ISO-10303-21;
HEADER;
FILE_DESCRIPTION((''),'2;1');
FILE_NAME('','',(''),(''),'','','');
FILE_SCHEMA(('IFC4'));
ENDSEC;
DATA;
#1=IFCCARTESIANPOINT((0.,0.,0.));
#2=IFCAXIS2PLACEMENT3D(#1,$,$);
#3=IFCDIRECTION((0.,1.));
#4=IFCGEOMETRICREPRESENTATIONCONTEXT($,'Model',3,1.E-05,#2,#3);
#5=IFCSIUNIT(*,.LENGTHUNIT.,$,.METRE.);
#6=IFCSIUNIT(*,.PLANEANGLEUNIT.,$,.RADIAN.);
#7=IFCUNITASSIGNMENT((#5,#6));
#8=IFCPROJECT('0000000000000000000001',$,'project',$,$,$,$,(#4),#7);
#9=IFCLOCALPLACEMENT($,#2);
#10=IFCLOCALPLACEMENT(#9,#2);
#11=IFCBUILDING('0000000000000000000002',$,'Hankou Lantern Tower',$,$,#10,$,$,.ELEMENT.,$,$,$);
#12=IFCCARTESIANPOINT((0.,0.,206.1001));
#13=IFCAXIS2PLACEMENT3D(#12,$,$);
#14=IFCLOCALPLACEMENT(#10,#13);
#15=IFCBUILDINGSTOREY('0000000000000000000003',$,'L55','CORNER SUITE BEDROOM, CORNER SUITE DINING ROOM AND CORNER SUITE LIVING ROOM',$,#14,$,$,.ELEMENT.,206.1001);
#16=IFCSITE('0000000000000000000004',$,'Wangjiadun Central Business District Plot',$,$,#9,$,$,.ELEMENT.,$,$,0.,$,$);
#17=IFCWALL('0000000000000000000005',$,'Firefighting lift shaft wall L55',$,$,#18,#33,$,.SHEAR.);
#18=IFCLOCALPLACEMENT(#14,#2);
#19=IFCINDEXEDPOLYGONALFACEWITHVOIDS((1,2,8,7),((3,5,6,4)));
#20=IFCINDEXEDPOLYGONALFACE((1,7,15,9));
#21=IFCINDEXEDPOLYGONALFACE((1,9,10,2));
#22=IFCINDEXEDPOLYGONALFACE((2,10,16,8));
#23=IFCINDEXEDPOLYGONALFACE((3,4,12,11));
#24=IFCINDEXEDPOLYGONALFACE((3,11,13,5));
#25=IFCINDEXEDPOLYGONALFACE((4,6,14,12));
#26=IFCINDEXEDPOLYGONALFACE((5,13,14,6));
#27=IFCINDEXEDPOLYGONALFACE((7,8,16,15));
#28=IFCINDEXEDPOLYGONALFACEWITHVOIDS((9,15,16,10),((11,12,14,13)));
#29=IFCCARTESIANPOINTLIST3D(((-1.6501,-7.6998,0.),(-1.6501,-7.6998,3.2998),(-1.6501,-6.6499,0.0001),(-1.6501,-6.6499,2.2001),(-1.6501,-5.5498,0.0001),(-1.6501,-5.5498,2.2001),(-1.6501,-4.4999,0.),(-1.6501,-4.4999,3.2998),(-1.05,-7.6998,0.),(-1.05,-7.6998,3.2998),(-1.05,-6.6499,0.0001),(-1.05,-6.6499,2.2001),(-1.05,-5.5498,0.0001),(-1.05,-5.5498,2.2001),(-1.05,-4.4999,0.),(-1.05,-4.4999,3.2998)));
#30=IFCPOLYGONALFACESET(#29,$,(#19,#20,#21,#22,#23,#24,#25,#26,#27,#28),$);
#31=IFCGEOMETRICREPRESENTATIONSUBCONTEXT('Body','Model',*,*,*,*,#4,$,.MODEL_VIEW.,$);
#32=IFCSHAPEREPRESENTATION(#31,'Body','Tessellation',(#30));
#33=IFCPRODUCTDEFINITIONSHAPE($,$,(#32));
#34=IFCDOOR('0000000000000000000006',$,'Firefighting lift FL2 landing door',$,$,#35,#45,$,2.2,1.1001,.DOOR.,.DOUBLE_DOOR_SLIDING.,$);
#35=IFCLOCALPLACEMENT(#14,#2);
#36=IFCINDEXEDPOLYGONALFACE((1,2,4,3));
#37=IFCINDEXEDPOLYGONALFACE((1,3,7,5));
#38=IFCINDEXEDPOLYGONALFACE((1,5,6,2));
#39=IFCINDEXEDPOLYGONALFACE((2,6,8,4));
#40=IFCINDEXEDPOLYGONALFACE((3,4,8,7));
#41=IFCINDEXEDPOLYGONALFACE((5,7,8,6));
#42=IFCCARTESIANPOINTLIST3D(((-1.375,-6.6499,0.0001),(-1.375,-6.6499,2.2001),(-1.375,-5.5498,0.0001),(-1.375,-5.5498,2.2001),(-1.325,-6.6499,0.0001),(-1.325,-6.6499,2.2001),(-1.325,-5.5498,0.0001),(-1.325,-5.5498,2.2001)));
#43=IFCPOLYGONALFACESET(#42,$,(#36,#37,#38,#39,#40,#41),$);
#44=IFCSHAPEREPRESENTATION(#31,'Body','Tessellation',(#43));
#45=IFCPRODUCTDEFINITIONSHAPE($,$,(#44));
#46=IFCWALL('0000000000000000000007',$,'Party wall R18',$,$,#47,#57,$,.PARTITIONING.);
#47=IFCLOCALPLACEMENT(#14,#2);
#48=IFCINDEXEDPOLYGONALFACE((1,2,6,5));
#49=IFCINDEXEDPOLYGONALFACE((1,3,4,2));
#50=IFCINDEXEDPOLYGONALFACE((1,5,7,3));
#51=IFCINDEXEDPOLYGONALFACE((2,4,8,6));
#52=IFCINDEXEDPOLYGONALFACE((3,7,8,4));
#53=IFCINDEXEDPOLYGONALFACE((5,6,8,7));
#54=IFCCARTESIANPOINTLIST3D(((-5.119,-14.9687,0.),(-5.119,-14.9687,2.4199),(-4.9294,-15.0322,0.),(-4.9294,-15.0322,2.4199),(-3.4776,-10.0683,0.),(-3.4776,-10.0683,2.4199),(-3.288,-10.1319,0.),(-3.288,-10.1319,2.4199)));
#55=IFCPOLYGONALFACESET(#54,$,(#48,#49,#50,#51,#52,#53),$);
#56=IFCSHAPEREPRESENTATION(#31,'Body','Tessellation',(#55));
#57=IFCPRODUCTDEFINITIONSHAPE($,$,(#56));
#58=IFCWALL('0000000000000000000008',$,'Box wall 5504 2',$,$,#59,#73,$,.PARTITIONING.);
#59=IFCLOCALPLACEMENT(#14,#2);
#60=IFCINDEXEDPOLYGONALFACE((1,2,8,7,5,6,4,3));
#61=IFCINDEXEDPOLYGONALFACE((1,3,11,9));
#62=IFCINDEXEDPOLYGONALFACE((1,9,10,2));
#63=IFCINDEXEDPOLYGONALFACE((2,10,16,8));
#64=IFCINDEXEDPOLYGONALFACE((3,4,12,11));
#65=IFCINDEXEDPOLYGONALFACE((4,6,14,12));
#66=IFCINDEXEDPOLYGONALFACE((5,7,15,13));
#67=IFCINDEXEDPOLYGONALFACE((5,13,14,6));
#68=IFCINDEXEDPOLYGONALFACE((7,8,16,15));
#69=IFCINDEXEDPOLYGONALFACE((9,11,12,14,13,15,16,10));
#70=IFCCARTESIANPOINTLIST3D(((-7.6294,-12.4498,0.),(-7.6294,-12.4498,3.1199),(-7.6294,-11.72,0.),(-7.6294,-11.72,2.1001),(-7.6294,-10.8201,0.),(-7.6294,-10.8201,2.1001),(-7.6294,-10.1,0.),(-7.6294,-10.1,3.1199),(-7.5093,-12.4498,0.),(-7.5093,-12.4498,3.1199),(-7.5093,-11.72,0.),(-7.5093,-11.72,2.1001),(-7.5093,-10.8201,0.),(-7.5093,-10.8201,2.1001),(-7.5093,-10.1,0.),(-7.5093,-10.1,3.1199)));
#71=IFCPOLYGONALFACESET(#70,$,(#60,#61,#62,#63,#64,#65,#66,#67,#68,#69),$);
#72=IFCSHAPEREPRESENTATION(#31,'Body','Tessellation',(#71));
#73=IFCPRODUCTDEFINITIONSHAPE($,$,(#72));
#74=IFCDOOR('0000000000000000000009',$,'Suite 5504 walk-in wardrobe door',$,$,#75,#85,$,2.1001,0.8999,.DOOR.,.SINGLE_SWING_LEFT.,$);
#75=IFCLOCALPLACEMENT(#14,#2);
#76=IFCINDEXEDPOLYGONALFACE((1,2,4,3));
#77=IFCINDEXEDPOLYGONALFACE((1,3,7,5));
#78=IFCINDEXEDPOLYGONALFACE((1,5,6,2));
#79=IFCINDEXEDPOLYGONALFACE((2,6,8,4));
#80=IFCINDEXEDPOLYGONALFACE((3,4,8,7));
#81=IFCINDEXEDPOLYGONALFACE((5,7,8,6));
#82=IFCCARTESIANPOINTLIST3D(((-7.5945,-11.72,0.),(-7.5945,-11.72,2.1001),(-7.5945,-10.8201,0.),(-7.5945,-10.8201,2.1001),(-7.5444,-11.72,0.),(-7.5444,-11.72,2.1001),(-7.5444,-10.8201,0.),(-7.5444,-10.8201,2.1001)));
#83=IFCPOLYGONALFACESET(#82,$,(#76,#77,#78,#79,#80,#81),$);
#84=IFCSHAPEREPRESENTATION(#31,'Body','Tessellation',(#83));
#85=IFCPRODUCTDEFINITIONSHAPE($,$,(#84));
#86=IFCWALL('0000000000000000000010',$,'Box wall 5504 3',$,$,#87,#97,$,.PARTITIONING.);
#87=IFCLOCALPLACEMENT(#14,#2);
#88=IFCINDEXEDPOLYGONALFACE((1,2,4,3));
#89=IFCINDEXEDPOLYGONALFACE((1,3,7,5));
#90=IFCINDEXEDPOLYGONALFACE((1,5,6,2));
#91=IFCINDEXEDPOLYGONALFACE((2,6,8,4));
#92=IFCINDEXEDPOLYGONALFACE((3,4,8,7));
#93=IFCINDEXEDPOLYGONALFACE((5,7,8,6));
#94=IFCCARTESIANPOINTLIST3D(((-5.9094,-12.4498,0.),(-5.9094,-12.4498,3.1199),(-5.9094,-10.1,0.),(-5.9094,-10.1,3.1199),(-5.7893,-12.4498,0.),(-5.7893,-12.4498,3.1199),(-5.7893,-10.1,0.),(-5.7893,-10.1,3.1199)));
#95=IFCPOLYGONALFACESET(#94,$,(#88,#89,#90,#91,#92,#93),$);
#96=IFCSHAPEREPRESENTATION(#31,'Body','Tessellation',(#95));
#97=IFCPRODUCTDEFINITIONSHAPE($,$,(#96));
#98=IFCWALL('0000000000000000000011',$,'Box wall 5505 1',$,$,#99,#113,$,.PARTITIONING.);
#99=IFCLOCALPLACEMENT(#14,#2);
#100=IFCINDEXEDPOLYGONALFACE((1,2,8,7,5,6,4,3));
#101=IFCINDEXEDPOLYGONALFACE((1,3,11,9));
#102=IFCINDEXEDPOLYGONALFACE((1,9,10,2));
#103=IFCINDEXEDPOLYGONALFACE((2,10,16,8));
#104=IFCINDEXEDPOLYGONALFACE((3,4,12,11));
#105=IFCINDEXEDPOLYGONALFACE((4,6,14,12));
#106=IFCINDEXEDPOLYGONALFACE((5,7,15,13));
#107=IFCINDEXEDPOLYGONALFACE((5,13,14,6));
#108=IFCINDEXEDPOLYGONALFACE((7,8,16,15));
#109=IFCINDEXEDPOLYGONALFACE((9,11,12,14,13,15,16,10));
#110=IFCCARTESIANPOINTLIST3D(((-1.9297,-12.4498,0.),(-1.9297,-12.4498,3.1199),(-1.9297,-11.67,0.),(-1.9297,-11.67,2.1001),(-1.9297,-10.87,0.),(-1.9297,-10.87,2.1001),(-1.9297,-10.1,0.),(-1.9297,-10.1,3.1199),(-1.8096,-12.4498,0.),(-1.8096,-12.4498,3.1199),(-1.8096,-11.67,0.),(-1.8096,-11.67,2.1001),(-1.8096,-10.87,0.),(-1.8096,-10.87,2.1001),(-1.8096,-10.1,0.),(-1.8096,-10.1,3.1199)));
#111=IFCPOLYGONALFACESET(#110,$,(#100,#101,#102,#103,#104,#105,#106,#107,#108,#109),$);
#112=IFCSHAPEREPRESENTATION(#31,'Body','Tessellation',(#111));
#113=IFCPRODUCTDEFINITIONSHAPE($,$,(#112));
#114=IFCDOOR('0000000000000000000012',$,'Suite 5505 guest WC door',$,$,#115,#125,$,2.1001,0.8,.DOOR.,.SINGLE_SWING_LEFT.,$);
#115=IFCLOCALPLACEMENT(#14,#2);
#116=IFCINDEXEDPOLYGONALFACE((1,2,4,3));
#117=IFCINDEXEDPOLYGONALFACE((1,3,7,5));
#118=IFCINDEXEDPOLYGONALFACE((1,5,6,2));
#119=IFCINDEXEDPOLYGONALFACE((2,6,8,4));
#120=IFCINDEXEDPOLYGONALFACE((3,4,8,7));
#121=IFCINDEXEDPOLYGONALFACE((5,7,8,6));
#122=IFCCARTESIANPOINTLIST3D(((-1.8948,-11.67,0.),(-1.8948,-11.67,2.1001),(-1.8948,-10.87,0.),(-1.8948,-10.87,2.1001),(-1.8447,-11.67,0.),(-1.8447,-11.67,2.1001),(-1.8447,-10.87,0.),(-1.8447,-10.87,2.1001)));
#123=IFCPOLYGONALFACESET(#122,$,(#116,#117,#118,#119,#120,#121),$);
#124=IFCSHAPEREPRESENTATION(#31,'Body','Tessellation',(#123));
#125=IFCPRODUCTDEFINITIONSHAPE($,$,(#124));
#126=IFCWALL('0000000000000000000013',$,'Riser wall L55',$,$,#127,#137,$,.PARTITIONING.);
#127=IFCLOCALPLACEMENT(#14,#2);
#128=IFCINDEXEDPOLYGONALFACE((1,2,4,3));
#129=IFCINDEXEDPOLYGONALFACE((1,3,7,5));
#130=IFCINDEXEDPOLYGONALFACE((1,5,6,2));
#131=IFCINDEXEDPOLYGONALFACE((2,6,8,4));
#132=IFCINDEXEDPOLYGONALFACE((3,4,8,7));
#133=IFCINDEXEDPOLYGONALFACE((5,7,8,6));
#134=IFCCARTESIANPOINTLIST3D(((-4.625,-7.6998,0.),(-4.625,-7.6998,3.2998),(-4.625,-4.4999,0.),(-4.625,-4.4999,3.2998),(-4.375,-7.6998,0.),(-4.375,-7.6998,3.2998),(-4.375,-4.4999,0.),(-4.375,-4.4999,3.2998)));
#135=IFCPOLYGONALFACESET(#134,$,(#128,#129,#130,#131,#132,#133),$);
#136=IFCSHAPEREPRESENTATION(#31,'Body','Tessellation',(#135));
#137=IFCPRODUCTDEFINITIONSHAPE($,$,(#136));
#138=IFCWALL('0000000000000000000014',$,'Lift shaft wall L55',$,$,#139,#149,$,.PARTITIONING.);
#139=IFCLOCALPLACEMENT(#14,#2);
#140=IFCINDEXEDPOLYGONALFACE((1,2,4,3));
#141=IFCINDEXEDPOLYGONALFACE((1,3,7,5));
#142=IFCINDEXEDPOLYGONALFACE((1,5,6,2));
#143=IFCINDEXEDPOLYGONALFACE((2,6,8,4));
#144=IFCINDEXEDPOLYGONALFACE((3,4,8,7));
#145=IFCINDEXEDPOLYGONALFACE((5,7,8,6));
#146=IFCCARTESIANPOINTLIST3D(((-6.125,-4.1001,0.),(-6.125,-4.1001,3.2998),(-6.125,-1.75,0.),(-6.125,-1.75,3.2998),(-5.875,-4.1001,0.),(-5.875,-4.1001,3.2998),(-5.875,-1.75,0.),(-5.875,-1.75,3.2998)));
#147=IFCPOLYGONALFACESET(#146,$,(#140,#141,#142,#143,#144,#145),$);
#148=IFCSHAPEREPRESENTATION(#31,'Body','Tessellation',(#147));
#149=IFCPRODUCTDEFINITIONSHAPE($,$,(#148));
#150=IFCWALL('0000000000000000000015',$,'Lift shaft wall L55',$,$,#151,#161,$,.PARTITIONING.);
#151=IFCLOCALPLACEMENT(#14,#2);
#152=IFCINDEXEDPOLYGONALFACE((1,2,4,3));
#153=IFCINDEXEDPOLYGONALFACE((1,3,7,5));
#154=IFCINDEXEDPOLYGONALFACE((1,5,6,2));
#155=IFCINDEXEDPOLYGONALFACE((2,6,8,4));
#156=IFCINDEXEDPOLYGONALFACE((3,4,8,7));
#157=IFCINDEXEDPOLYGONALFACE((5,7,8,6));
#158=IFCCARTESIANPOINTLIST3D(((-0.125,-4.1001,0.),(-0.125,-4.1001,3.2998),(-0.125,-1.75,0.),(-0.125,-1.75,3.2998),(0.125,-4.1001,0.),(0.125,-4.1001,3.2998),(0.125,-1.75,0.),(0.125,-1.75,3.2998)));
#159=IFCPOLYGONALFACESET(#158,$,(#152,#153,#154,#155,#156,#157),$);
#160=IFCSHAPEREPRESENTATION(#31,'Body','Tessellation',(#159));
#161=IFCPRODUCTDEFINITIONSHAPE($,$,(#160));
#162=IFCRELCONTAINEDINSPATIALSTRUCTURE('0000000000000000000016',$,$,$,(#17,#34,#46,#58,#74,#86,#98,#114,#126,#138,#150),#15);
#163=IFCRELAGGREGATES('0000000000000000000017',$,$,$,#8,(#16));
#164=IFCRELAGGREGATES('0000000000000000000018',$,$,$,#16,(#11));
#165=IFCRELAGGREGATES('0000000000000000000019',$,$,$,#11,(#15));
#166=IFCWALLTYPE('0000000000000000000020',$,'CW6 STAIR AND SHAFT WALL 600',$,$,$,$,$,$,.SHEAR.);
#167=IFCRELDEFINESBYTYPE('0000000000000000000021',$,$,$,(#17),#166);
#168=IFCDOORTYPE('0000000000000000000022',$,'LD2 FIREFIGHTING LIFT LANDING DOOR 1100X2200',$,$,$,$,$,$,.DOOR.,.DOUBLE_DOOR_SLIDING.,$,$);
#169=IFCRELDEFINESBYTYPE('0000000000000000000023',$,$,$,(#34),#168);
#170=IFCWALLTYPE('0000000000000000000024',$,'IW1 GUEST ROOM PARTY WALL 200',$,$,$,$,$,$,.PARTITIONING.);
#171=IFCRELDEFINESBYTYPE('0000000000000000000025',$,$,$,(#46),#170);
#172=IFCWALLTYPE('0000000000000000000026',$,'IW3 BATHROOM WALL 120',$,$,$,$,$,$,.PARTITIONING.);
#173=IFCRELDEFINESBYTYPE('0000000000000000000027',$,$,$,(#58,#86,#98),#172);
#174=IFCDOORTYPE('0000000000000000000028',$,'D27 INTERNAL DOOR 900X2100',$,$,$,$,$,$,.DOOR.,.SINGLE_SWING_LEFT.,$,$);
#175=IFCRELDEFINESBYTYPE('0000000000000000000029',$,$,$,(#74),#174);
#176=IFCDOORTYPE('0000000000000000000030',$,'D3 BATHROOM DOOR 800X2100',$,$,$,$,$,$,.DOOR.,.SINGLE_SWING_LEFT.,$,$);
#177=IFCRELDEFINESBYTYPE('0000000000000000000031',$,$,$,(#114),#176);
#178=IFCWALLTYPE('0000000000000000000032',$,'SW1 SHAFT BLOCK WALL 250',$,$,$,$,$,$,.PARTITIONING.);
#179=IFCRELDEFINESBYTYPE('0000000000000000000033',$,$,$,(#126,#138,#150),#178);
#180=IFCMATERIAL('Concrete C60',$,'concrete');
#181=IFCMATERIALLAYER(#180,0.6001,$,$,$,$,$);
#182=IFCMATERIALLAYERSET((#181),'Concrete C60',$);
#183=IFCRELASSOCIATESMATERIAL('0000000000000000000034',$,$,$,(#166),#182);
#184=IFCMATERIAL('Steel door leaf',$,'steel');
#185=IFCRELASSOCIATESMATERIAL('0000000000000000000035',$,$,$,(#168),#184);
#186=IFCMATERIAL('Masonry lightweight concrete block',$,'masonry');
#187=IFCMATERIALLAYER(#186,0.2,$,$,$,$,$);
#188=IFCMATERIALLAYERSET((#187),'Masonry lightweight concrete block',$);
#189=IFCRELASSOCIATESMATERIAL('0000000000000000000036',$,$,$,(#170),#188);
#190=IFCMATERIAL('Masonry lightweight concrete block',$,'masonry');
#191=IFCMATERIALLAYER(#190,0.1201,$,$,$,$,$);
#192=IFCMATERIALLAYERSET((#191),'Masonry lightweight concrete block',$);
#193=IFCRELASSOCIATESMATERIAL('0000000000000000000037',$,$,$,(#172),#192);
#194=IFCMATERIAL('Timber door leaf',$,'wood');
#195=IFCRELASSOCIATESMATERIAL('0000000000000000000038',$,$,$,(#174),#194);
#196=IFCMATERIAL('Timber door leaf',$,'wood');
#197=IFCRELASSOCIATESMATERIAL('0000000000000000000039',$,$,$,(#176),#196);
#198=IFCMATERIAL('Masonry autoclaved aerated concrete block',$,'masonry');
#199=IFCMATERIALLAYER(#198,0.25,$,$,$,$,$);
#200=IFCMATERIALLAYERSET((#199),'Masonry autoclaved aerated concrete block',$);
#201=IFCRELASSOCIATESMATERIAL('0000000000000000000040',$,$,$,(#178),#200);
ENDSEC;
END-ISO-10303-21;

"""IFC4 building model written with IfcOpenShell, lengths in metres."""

from ifc_helpers import new_model, si_unit, direction, frame, frame_2d, origin, place, context, subcontext, project, spatial, rectangle, extrude, material, layer, layer_set, type_object, element, fill, save


model = new_model("IFC4")

# Units and contexts
model_context = context("Model", 3, precision=1e-05, world=origin(), true_north=direction((0.0, 1.0)))
body_context = subcontext(model_context, "Body", "Model", "MODEL_VIEW")
ifc_project = project(units=[si_unit("LENGTHUNIT", "METRE"), si_unit("PLANEANGLEUNIT", "RADIAN")], contexts=[model_context])

# Site, building, storey
site_placement = place(None, origin())
site = spatial("IfcSite", under=ifc_project, at=site_placement, Name="Wangjiadun Central Business District Plot", CompositionType="ELEMENT", RefElevation=0.0)
building_placement = place(site_placement, origin())
building = spatial("IfcBuilding", under=site, at=building_placement, Name="Hankou Lantern Tower", CompositionType="ELEMENT")
storey_placement = place(building_placement, frame((0.0, 0.0, 206.1001)))
storey = spatial("IfcBuildingStorey", under=building, at=storey_placement, Name="L55", Description="CORNER SUITE BEDROOM, CORNER SUITE DINING ROOM AND CORNER SUITE LIVING ROOM", CompositionType="ELEMENT", Elevation=206.1001)

# Wall, opening, door
ifc_material_1 = material(Name="Concrete C60", Category="concrete")
ifc_layer_1 = layer(ifc_material_1, 0.6001)
ifc_layer_set_1 = layer_set([ifc_layer_1], Name="Concrete C60")
wall_type_1 = type_object("IfcWallType", Name="CW6 STAIR AND SHAFT WALL 600", PredefinedType="SHEAR", material=ifc_layer_set_1)
wall_1_placement = place(storey_placement, frame((-1.3501, -7.7, 0.0), z_axis=(0.0, 0.0, 1.0), x_axis=(0.0, 1.0, 0.0)))
wall_1 = element("IfcWall", 1, at=wall_1_placement, inside=storey, type_object=wall_type_1, Name="Firefighting lift shaft wall L55", PredefinedType="SHEAR", context=body_context, shape_type="SweptSolid", body=[
    extrude(rectangle(XDim=3.2, YDim=0.6001, at=frame_2d((1.6001, 0.0))), origin(), (0.0, 0.0, 1.0), 3.2998),
])
opening_1_placement = place(wall_1_placement, frame((1.05, 0.0, 0.0)))
opening_1 = element("IfcOpeningElement", 2, at=opening_1_placement, cuts=wall_1, PredefinedType="OPENING", context=body_context, shape_type="SweptSolid", body=[
    extrude(rectangle(XDim=1.1001, YDim=2.2, at=frame_2d((0.55, 1.1001))), frame((0.0, 0.3101, 0.0), z_axis=(0.0, -1.0, 0.0), x_axis=(1.0, 0.0, 0.0)), (0.0, 0.0, 1.0), 0.6201),
])
ifc_material_2 = material(Name="Steel door leaf", Category="steel")
door_type_1 = type_object("IfcDoorType", Name="LD2 FIREFIGHTING LIFT LANDING DOOR 1100X2200", OperationType="DOUBLE_DOOR_SLIDING", PredefinedType="DOOR", material=ifc_material_2)
door_1_placement = place(opening_1_placement, origin())
door_1 = element("IfcDoor", 3, at=door_1_placement, inside=storey, type_object=door_type_1, Name="Firefighting lift FL2 landing door", OperationType="DOUBLE_DOOR_SLIDING", OverallHeight=2.2, OverallWidth=1.1001, PredefinedType="DOOR", context=body_context, shape_type="SweptSolid", body=[
    extrude(rectangle(XDim=1.1001, YDim=2.2, at=frame_2d((0.55, 1.1001))), frame((0.0, 0.0249, 0.0), z_axis=(0.0, -1.0, 0.0), x_axis=(1.0, 0.0, 0.0)), (0.0, 0.0, 1.0), 0.05),
])
fill(opening_1, door_1)

# Wall
ifc_material_3 = material(Name="Masonry lightweight concrete block", Category="masonry")
ifc_layer_2 = layer(ifc_material_3, 0.2)
ifc_layer_set_2 = layer_set([ifc_layer_2], Name="Masonry lightweight concrete block")
wall_type_2 = type_object("IfcWallType", Name="IW1 GUEST ROOM PARTY WALL 200", PredefinedType="PARTITIONING", material=ifc_layer_set_2)
wall_2_placement = place(storey_placement, frame((-3.3828, -10.1001, 0.0), z_axis=(0.0, 0.0, 1.0), x_axis=(-0.317602, -0.948224, 0.0)))
element("IfcWall", 4, at=wall_2_placement, inside=storey, type_object=wall_type_2, Name="Party wall R18", PredefinedType="PARTITIONING", context=body_context, shape_type="SweptSolid", body=[
    extrude(rectangle(XDim=5.168, YDim=0.2, at=frame_2d((2.584, 0.0))), origin(), (0.0, 0.0, 1.0), 2.4199),
])

# Wall, opening, door
ifc_material_4 = material(Name="Masonry lightweight concrete block", Category="masonry")
ifc_layer_3 = layer(ifc_material_4, 0.1201)
ifc_layer_set_3 = layer_set([ifc_layer_3], Name="Masonry lightweight concrete block")
wall_type_3 = type_object("IfcWallType", Name="IW3 BATHROOM WALL 120", PredefinedType="PARTITIONING", material=ifc_layer_set_3)
wall_3_placement = place(storey_placement, frame((-7.5693, -10.1001, 0.0), z_axis=(0.0, 0.0, 1.0), x_axis=(0.0, -1.0, 0.0)))
wall_3 = element("IfcWall", 5, at=wall_3_placement, inside=storey, type_object=wall_type_3, Name="Box wall 5504 2", PredefinedType="PARTITIONING", context=body_context, shape_type="SweptSolid", body=[
    extrude(rectangle(XDim=2.3499, YDim=0.1201, at=frame_2d((1.1748, 0.0))), origin(), (0.0, 0.0, 1.0), 3.1199),
])
opening_2_placement = place(wall_3_placement, frame((0.72, 0.0, 0.0)))
opening_2 = element("IfcOpeningElement", 6, at=opening_2_placement, cuts=wall_3, PredefinedType="OPENING", context=body_context, shape_type="SweptSolid", body=[
    extrude(rectangle(XDim=0.8999, YDim=2.1001, at=frame_2d((0.45, 1.05))), frame((0.0, 0.0701, 0.0), z_axis=(0.0, -1.0, 0.0), x_axis=(1.0, 0.0, 0.0)), (0.0, 0.0, 1.0), 0.1401),
])
ifc_material_5 = material(Name="Timber door leaf", Category="wood")
door_type_2 = type_object("IfcDoorType", Name="D27 INTERNAL DOOR 900X2100", OperationType="SINGLE_SWING_LEFT", PredefinedType="DOOR", material=ifc_material_5)
door_2_placement = place(opening_2_placement, origin())
door_2 = element("IfcDoor", 7, at=door_2_placement, inside=storey, type_object=door_type_2, Name="Suite 5504 walk-in wardrobe door", OperationType="SINGLE_SWING_LEFT", OverallHeight=2.1001, OverallWidth=0.8999, PredefinedType="DOOR", context=body_context, shape_type="SweptSolid", body=[
    extrude(rectangle(XDim=0.8999, YDim=2.1001, at=frame_2d((0.45, 1.05))), frame((0.0, 0.0249, 0.0), z_axis=(0.0, -1.0, 0.0), x_axis=(1.0, 0.0, 0.0)), (0.0, 0.0, 1.0), 0.05),
])
fill(opening_2, door_2)

# Wall
wall_4_placement = place(storey_placement, frame((-5.8494, -10.1001, 0.0), z_axis=(0.0, 0.0, 1.0), x_axis=(0.0, -1.0, 0.0)))
element("IfcWall", 8, at=wall_4_placement, inside=storey, type_object=wall_type_3, Name="Box wall 5504 3", PredefinedType="PARTITIONING", context=body_context, shape_type="SweptSolid", body=[
    extrude(rectangle(XDim=2.3499, YDim=0.1201, at=frame_2d((1.1748, 0.0))), origin(), (0.0, 0.0, 1.0), 3.1199),
])

# Wall, opening, door
wall_5_placement = place(storey_placement, frame((-1.8696, -10.1001, 0.0), z_axis=(0.0, 0.0, 1.0), x_axis=(0.0, -1.0, 0.0)))
wall_5 = element("IfcWall", 9, at=wall_5_placement, inside=storey, type_object=wall_type_3, Name="Box wall 5505 1", PredefinedType="PARTITIONING", context=body_context, shape_type="SweptSolid", body=[
    extrude(rectangle(XDim=2.3499, YDim=0.1201, at=frame_2d((1.1748, 0.0))), origin(), (0.0, 0.0, 1.0), 3.1199),
])
opening_3_placement = place(wall_5_placement, frame((0.77, 0.0, 0.0)))
opening_3 = element("IfcOpeningElement", 10, at=opening_3_placement, cuts=wall_5, PredefinedType="OPENING", context=body_context, shape_type="SweptSolid", body=[
    extrude(rectangle(XDim=0.8, YDim=2.1001, at=frame_2d((0.3999, 1.05))), frame((0.0, 0.0701, 0.0), z_axis=(0.0, -1.0, 0.0), x_axis=(1.0, 0.0, 0.0)), (0.0, 0.0, 1.0), 0.1401),
])
ifc_material_6 = material(Name="Timber door leaf", Category="wood")
door_type_3 = type_object("IfcDoorType", Name="D3 BATHROOM DOOR 800X2100", OperationType="SINGLE_SWING_LEFT", PredefinedType="DOOR", material=ifc_material_6)
door_3_placement = place(opening_3_placement, origin())
door_3 = element("IfcDoor", 11, at=door_3_placement, inside=storey, type_object=door_type_3, Name="Suite 5505 guest WC door", OperationType="SINGLE_SWING_LEFT", OverallHeight=2.1001, OverallWidth=0.8, PredefinedType="DOOR", context=body_context, shape_type="SweptSolid", body=[
    extrude(rectangle(XDim=0.8, YDim=2.1001, at=frame_2d((0.3999, 1.05))), frame((0.0, 0.0249, 0.0), z_axis=(0.0, -1.0, 0.0), x_axis=(1.0, 0.0, 0.0)), (0.0, 0.0, 1.0), 0.05),
])
fill(opening_3, door_3)

# Walls
ifc_material_7 = material(Name="Masonry autoclaved aerated concrete block", Category="masonry")
ifc_layer_4 = layer(ifc_material_7, 0.25)
ifc_layer_set_4 = layer_set([ifc_layer_4], Name="Masonry autoclaved aerated concrete block")
wall_type_4 = type_object("IfcWallType", Name="SW1 SHAFT BLOCK WALL 250", PredefinedType="PARTITIONING", material=ifc_layer_set_4)
wall_6_placement = place(storey_placement, frame((-4.5, -7.7, 0.0), z_axis=(0.0, 0.0, 1.0), x_axis=(0.0, 1.0, 0.0)))
element("IfcWall", 12, at=wall_6_placement, inside=storey, type_object=wall_type_4, Name="Riser wall L55", PredefinedType="PARTITIONING", context=body_context, shape_type="SweptSolid", body=[
    extrude(rectangle(XDim=3.2, YDim=0.25, at=frame_2d((1.6001, 0.0))), origin(), (0.0, 0.0, 1.0), 3.2998),
])
for number, where, z_axis, x_axis, name in (
    (13, (-6.0, -4.1001, 0.0), (0.0, 0.0, 1.0), (0.0, 1.0, 0.0), "Lift shaft wall L55"),
    (14, (0.0, -4.1001, 0.0), (0.0, 0.0, 1.0), (0.0, 1.0, 0.0), "Lift shaft wall L55"),
):
    element("IfcWall", number, at=place(storey_placement, frame(where, z_axis=z_axis, x_axis=x_axis)), inside=storey, type_object=wall_type_4, Name=name, PredefinedType="PARTITIONING", context=body_context, shape_type="SweptSolid", body=[
        extrude(rectangle(XDim=2.3501, YDim=0.25, at=frame_2d((1.175, 0.0))), origin(), (0.0, 0.0, 1.0), 3.2998),
    ])

save(model, "model.ifc")
